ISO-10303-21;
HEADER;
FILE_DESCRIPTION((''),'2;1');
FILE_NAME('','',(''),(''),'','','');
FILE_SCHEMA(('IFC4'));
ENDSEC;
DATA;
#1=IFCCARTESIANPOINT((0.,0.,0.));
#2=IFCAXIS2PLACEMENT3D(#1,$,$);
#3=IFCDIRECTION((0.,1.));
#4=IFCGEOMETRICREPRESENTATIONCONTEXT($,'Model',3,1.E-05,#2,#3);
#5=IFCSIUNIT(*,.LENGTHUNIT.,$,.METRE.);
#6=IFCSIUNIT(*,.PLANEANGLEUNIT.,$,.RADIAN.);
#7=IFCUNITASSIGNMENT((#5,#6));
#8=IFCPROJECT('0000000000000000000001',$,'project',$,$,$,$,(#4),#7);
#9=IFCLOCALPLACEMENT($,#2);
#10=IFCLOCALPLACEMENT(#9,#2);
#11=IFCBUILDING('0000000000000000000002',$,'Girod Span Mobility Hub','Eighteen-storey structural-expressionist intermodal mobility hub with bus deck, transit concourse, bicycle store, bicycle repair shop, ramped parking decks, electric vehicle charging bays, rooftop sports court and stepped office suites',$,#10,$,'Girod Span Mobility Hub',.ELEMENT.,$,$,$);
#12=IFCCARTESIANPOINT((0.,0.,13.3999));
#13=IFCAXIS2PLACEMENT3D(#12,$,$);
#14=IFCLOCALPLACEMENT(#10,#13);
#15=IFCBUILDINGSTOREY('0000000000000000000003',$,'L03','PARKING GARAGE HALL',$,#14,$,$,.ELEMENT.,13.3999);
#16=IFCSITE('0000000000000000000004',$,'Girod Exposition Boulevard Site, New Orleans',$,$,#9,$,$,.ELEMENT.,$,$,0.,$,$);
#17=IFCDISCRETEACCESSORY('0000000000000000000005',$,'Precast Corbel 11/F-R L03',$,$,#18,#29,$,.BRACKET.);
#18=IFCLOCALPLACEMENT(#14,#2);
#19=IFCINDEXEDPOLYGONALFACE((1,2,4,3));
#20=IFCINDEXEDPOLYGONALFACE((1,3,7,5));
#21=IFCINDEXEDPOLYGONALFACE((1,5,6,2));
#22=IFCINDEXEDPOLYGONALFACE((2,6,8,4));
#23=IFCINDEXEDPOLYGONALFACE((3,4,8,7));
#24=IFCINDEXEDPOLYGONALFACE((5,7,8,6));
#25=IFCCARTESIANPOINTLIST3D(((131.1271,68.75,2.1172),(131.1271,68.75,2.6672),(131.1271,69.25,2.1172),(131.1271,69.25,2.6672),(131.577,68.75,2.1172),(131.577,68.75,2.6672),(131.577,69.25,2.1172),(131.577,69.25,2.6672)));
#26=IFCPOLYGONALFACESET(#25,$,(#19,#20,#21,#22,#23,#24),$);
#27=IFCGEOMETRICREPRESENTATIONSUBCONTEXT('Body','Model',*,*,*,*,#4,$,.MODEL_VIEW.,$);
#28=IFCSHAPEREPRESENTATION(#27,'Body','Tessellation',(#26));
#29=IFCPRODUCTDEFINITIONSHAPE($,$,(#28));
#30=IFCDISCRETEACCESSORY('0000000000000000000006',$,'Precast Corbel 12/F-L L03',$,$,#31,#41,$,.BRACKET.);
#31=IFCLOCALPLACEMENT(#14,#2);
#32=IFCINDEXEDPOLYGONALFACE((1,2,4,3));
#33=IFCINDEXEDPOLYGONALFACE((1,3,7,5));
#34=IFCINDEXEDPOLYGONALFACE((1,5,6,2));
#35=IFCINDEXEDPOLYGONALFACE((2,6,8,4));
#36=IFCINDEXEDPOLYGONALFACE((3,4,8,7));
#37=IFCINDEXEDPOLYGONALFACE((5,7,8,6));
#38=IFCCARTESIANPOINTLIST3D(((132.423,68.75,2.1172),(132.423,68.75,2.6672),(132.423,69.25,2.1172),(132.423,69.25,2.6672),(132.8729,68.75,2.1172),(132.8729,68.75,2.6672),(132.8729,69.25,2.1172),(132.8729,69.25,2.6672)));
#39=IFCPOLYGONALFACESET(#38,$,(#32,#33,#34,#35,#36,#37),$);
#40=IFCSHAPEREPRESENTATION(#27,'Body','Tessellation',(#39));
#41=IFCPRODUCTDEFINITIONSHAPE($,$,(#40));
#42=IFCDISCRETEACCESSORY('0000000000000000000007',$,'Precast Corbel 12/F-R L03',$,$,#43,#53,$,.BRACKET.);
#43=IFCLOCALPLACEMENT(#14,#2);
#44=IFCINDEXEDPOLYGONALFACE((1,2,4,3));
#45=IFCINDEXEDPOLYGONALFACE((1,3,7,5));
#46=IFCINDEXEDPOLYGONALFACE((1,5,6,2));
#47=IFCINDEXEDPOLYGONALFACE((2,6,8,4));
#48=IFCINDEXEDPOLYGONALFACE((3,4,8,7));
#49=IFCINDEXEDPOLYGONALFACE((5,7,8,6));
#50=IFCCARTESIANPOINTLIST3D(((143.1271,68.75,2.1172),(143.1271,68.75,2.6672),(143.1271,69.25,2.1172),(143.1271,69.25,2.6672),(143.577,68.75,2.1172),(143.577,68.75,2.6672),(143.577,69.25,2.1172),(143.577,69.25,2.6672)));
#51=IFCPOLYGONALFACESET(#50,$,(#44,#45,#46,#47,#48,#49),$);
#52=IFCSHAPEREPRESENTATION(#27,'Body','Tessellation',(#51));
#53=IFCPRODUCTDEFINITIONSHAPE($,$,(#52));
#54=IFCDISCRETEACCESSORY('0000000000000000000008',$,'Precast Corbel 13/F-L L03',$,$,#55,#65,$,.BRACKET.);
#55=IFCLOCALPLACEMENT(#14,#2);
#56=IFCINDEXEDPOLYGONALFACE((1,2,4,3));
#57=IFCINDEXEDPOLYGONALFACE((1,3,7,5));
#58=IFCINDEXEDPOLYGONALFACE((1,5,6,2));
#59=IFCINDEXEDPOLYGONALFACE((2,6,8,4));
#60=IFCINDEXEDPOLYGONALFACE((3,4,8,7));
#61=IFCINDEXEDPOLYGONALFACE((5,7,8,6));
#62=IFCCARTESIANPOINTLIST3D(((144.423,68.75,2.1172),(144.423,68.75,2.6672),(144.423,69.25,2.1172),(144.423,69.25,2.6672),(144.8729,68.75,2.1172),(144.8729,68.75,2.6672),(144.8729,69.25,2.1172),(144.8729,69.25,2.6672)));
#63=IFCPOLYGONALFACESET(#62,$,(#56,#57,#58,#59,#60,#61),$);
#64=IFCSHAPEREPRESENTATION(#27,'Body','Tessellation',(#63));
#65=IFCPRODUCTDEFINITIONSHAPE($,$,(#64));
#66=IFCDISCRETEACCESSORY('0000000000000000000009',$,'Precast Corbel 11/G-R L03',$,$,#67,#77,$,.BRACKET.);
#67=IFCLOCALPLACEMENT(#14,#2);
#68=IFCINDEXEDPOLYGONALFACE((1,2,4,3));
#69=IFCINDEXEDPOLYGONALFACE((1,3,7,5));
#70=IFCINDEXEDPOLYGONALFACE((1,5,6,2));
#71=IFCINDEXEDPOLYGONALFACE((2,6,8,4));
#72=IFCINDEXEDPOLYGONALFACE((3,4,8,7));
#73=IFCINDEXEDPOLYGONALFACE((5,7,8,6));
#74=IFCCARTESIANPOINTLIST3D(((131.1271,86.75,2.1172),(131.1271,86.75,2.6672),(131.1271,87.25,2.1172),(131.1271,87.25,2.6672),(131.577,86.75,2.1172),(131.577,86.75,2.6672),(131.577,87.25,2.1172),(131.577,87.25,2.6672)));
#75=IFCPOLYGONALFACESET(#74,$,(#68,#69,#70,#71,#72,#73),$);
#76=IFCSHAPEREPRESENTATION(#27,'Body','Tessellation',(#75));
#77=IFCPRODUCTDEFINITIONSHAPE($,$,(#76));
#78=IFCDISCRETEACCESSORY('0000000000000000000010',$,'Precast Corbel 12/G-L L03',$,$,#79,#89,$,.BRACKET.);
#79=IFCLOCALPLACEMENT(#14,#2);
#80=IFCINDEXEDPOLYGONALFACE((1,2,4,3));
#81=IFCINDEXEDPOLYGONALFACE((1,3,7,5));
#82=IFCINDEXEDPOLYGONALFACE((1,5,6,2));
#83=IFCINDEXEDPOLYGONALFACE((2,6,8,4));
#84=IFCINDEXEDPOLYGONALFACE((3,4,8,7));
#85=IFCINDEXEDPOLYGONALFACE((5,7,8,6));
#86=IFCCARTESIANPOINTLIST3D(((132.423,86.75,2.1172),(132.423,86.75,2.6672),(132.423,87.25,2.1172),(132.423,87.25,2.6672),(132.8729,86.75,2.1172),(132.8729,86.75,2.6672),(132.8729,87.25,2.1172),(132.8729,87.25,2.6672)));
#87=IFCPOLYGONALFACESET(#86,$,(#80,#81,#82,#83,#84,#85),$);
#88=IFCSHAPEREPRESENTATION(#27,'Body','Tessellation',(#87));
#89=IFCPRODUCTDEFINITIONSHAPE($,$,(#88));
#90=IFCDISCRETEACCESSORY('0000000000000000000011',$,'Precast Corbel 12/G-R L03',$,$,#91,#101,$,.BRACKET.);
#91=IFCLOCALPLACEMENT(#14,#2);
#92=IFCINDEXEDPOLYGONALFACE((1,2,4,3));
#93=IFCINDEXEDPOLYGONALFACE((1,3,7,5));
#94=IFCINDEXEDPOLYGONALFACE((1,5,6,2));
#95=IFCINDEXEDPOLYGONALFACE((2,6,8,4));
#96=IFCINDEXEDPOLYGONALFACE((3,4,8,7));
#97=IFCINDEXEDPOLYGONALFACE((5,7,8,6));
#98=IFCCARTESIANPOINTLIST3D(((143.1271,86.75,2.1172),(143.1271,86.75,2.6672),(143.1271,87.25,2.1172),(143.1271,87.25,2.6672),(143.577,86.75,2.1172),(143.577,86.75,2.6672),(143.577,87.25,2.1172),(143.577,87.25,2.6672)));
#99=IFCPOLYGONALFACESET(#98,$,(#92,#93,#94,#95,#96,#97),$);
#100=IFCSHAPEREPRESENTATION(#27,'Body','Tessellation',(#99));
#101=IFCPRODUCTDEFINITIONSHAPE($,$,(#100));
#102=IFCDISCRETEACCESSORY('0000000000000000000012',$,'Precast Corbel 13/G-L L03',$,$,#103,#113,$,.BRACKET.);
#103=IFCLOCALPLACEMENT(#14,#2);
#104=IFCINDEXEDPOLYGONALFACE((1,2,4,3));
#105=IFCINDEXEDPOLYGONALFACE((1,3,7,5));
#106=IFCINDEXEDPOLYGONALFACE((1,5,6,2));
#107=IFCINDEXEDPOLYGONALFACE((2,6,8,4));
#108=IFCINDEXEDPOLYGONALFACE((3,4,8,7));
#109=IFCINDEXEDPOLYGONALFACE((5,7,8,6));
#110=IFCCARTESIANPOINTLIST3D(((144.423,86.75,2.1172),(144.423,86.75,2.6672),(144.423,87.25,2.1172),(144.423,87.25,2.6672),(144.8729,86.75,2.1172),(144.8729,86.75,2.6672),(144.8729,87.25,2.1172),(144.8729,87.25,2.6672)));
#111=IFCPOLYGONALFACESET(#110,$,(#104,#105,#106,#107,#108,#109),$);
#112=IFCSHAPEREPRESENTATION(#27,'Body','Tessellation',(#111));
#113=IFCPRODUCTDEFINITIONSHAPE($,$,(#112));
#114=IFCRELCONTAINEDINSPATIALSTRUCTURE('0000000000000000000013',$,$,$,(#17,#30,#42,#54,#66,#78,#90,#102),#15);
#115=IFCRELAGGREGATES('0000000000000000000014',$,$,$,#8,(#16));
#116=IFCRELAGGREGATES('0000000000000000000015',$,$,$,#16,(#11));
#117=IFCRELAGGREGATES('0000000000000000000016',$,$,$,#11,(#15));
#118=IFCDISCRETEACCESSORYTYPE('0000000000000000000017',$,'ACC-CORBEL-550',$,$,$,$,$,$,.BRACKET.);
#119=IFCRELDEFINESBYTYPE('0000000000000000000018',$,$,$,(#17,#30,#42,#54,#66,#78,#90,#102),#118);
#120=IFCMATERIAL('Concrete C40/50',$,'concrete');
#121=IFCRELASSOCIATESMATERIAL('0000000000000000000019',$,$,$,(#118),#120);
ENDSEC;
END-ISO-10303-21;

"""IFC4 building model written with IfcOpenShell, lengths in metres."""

from ifc_helpers import new_model, si_unit, direction, frame, origin, origin_2d, place, context, subcontext, project, spatial, rectangle, extrude, material, type_object, element, save


model = new_model("IFC4")

# Units and contexts
model_context = context("Model", 3, precision=1e-05, world=origin(), true_north=direction((0.0, 1.0)))
body_context = subcontext(model_context, "Body", "Model", "MODEL_VIEW")
ifc_project = project(units=[si_unit("LENGTHUNIT", "METRE"), si_unit("PLANEANGLEUNIT", "RADIAN")], contexts=[model_context])

# Site, building, storey
site_placement = place(None, origin())
site = spatial("IfcSite", under=ifc_project, at=site_placement, Name="Girod Exposition Boulevard Site, New Orleans", CompositionType="ELEMENT", RefElevation=0.0)
building_placement = place(site_placement, origin())
building = spatial("IfcBuilding", under=site, at=building_placement, Name="Girod Span Mobility Hub", Description="Eighteen-storey structural-expressionist intermodal mobility hub with bus deck, transit concourse, bicycle store, bicycle repair shop, ramped parking decks, electric vehicle charging bays, rooftop sports court and stepped office suites", LongName="Girod Span Mobility Hub", CompositionType="ELEMENT")
storey_placement = place(building_placement, frame((0.0, 0.0, 13.3999)))
storey = spatial("IfcBuildingStorey", under=building, at=storey_placement, Name="L03", Description="PARKING GARAGE HALL", CompositionType="ELEMENT", Elevation=13.3999)

# Discrete accessories
ifc_material_1 = material(Name="Concrete C40/50", Category="concrete")
discrete_accessory_type = type_object("IfcDiscreteAccessoryType", Name="ACC-CORBEL-550", PredefinedType="BRACKET", material=ifc_material_1)
for number, where, z_axis, x_axis, name in (
    (1, (131.3521, 69.0, 2.1172), (0.0, 0.0, 1.0), (1.0, 0.0, 0.0), "Precast Corbel 11/F-R L03"),
    (2, (132.6479, 69.0, 2.1172), (0.0, 0.0, 1.0), (1.0, 0.0, 0.0), "Precast Corbel 12/F-L L03"),
    (3, (143.3521, 69.0, 2.1172), (0.0, 0.0, 1.0), (1.0, 0.0, 0.0), "Precast Corbel 12/F-R L03"),
    (4, (144.6479, 69.0, 2.1172), (0.0, 0.0, 1.0), (1.0, 0.0, 0.0), "Precast Corbel 13/F-L L03"),
    (5, (131.3521, 87.0, 2.1172), (0.0, 0.0, 1.0), (1.0, 0.0, 0.0), "Precast Corbel 11/G-R L03"),
    (6, (132.6479, 87.0, 2.1172), (0.0, 0.0, 1.0), (1.0, 0.0, 0.0), "Precast Corbel 12/G-L L03"),
    (7, (143.3521, 87.0, 2.1172), (0.0, 0.0, 1.0), (1.0, 0.0, 0.0), "Precast Corbel 12/G-R L03"),
    (8, (144.6479, 87.0, 2.1172), (0.0, 0.0, 1.0), (1.0, 0.0, 0.0), "Precast Corbel 13/G-L L03"),
):
    element("IfcDiscreteAccessory", number, at=place(storey_placement, frame(where, z_axis=z_axis, x_axis=x_axis)), inside=storey, type_object=discrete_accessory_type, Name=name, PredefinedType="BRACKET", context=body_context, shape_type="SweptSolid", body=[
        extrude(rectangle(XDim=0.45, YDim=0.5, at=origin_2d()), origin(), (0.0, 0.0, 1.0), 0.55),
    ])

save(model, "model.ifc")
